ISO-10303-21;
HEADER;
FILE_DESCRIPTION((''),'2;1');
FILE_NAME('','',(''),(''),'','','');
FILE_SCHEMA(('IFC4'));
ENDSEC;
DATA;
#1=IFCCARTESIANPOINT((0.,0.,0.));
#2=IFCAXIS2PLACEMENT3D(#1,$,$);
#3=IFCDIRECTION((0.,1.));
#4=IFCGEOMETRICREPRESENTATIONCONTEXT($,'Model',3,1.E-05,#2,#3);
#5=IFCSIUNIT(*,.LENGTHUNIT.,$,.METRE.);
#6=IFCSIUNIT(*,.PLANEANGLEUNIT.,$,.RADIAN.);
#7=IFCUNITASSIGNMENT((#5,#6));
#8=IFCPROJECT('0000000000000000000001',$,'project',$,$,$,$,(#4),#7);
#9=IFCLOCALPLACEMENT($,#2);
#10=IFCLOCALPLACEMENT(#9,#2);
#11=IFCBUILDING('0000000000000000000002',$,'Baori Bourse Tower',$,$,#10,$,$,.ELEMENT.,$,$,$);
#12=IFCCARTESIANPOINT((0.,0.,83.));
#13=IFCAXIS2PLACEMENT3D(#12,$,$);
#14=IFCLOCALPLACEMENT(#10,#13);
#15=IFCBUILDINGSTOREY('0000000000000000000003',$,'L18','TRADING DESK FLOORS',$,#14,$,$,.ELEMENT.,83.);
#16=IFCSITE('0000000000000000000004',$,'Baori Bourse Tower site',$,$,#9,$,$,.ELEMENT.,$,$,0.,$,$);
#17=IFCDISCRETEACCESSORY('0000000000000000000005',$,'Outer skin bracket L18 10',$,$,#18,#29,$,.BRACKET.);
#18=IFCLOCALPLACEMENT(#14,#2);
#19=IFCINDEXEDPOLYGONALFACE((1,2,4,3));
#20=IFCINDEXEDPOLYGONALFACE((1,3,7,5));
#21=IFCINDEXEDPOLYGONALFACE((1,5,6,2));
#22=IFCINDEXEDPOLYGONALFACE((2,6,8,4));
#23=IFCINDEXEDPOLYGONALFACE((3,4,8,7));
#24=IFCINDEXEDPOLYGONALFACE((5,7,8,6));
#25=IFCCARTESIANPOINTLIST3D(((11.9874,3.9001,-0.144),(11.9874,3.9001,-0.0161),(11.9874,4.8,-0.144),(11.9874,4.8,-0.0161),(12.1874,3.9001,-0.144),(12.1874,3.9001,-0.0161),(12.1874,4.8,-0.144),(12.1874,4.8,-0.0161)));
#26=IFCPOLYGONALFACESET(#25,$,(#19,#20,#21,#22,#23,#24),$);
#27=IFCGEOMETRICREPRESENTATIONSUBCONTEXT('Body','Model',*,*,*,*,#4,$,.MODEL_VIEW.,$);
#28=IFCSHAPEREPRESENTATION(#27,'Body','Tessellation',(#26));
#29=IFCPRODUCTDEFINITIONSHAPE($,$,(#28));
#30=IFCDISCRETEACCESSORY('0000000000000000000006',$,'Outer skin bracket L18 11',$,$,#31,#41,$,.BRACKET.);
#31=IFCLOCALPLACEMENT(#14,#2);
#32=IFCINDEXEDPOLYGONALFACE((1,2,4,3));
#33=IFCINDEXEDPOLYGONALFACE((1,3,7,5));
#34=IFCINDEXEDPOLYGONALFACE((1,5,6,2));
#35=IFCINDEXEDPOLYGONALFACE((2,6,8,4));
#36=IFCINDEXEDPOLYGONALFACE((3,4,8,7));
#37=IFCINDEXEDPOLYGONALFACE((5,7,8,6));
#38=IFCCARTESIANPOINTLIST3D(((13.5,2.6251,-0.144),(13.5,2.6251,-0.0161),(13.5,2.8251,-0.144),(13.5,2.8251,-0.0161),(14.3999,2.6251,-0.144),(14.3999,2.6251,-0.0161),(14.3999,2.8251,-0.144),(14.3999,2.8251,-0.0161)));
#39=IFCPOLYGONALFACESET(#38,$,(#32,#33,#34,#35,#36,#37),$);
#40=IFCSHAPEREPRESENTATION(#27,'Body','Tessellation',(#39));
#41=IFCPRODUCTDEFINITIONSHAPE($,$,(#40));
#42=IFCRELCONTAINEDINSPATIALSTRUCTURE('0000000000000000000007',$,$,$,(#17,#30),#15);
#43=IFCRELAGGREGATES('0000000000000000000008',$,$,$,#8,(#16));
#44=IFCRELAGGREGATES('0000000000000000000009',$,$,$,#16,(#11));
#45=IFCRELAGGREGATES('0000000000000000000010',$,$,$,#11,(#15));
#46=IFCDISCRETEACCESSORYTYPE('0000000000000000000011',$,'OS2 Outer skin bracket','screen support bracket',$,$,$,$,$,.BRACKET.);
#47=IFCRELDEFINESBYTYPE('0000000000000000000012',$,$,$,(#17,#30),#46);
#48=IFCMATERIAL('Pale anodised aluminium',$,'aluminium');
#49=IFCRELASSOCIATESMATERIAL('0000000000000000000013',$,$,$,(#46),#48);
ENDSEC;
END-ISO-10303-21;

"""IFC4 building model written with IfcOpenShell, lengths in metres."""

from ifc_helpers import new_model, si_unit, direction, frame, origin, origin_2d, place, context, subcontext, project, spatial, rectangle, extrude, material, type_object, element, save


model = new_model("IFC4")

# Units and contexts
model_context = context("Model", 3, precision=1e-05, world=origin(), true_north=direction((0.0, 1.0)))
body_context = subcontext(model_context, "Body", "Model", "MODEL_VIEW")
ifc_project = project(units=[si_unit("LENGTHUNIT", "METRE"), si_unit("PLANEANGLEUNIT", "RADIAN")], contexts=[model_context])

# Site, building, storey
site_placement = place(None, origin())
site = spatial("IfcSite", under=ifc_project, at=site_placement, Name="Baori Bourse Tower site", CompositionType="ELEMENT", RefElevation=0.0)
building_placement = place(site_placement, origin())
building = spatial("IfcBuilding", under=site, at=building_placement, Name="Baori Bourse Tower", CompositionType="ELEMENT")
storey_placement = place(building_placement, frame((0.0, 0.0, 83.0)))
storey = spatial("IfcBuildingStorey", under=building, at=storey_placement, Name="L18", Description="TRADING DESK FLOORS", CompositionType="ELEMENT", Elevation=83.0)

# Discrete accessories
ifc_material_1 = material(Name="Pale anodised aluminium", Category="aluminium")
discrete_accessory_type = type_object("IfcDiscreteAccessoryType", Name="OS2 Outer skin bracket", Description="screen support bracket", PredefinedType="BRACKET", material=ifc_material_1)
for number, where, z_axis, x_axis, name in (
    (1, (12.0874, 4.3501, -0.144), (0.0, 0.0, 1.0), (1.0, 0.0, 0.0), "Outer skin bracket L18 10"),
    (2, (13.95, 2.7251, -0.144), (0.0, 0.0, 1.0), (0.0, -1.0, 0.0), "Outer skin bracket L18 11"),
):
    element("IfcDiscreteAccessory", number, at=place(storey_placement, frame(where, z_axis=z_axis, x_axis=x_axis)), inside=storey, type_object=discrete_accessory_type, Name=name, PredefinedType="BRACKET", context=body_context, shape_type="SweptSolid", body=[
        extrude(rectangle(XDim=0.2, YDim=0.8999, at=origin_2d()), origin(), (0.0, 0.0, 1.0), 0.1279),
    ])

save(model, "model.ifc")
